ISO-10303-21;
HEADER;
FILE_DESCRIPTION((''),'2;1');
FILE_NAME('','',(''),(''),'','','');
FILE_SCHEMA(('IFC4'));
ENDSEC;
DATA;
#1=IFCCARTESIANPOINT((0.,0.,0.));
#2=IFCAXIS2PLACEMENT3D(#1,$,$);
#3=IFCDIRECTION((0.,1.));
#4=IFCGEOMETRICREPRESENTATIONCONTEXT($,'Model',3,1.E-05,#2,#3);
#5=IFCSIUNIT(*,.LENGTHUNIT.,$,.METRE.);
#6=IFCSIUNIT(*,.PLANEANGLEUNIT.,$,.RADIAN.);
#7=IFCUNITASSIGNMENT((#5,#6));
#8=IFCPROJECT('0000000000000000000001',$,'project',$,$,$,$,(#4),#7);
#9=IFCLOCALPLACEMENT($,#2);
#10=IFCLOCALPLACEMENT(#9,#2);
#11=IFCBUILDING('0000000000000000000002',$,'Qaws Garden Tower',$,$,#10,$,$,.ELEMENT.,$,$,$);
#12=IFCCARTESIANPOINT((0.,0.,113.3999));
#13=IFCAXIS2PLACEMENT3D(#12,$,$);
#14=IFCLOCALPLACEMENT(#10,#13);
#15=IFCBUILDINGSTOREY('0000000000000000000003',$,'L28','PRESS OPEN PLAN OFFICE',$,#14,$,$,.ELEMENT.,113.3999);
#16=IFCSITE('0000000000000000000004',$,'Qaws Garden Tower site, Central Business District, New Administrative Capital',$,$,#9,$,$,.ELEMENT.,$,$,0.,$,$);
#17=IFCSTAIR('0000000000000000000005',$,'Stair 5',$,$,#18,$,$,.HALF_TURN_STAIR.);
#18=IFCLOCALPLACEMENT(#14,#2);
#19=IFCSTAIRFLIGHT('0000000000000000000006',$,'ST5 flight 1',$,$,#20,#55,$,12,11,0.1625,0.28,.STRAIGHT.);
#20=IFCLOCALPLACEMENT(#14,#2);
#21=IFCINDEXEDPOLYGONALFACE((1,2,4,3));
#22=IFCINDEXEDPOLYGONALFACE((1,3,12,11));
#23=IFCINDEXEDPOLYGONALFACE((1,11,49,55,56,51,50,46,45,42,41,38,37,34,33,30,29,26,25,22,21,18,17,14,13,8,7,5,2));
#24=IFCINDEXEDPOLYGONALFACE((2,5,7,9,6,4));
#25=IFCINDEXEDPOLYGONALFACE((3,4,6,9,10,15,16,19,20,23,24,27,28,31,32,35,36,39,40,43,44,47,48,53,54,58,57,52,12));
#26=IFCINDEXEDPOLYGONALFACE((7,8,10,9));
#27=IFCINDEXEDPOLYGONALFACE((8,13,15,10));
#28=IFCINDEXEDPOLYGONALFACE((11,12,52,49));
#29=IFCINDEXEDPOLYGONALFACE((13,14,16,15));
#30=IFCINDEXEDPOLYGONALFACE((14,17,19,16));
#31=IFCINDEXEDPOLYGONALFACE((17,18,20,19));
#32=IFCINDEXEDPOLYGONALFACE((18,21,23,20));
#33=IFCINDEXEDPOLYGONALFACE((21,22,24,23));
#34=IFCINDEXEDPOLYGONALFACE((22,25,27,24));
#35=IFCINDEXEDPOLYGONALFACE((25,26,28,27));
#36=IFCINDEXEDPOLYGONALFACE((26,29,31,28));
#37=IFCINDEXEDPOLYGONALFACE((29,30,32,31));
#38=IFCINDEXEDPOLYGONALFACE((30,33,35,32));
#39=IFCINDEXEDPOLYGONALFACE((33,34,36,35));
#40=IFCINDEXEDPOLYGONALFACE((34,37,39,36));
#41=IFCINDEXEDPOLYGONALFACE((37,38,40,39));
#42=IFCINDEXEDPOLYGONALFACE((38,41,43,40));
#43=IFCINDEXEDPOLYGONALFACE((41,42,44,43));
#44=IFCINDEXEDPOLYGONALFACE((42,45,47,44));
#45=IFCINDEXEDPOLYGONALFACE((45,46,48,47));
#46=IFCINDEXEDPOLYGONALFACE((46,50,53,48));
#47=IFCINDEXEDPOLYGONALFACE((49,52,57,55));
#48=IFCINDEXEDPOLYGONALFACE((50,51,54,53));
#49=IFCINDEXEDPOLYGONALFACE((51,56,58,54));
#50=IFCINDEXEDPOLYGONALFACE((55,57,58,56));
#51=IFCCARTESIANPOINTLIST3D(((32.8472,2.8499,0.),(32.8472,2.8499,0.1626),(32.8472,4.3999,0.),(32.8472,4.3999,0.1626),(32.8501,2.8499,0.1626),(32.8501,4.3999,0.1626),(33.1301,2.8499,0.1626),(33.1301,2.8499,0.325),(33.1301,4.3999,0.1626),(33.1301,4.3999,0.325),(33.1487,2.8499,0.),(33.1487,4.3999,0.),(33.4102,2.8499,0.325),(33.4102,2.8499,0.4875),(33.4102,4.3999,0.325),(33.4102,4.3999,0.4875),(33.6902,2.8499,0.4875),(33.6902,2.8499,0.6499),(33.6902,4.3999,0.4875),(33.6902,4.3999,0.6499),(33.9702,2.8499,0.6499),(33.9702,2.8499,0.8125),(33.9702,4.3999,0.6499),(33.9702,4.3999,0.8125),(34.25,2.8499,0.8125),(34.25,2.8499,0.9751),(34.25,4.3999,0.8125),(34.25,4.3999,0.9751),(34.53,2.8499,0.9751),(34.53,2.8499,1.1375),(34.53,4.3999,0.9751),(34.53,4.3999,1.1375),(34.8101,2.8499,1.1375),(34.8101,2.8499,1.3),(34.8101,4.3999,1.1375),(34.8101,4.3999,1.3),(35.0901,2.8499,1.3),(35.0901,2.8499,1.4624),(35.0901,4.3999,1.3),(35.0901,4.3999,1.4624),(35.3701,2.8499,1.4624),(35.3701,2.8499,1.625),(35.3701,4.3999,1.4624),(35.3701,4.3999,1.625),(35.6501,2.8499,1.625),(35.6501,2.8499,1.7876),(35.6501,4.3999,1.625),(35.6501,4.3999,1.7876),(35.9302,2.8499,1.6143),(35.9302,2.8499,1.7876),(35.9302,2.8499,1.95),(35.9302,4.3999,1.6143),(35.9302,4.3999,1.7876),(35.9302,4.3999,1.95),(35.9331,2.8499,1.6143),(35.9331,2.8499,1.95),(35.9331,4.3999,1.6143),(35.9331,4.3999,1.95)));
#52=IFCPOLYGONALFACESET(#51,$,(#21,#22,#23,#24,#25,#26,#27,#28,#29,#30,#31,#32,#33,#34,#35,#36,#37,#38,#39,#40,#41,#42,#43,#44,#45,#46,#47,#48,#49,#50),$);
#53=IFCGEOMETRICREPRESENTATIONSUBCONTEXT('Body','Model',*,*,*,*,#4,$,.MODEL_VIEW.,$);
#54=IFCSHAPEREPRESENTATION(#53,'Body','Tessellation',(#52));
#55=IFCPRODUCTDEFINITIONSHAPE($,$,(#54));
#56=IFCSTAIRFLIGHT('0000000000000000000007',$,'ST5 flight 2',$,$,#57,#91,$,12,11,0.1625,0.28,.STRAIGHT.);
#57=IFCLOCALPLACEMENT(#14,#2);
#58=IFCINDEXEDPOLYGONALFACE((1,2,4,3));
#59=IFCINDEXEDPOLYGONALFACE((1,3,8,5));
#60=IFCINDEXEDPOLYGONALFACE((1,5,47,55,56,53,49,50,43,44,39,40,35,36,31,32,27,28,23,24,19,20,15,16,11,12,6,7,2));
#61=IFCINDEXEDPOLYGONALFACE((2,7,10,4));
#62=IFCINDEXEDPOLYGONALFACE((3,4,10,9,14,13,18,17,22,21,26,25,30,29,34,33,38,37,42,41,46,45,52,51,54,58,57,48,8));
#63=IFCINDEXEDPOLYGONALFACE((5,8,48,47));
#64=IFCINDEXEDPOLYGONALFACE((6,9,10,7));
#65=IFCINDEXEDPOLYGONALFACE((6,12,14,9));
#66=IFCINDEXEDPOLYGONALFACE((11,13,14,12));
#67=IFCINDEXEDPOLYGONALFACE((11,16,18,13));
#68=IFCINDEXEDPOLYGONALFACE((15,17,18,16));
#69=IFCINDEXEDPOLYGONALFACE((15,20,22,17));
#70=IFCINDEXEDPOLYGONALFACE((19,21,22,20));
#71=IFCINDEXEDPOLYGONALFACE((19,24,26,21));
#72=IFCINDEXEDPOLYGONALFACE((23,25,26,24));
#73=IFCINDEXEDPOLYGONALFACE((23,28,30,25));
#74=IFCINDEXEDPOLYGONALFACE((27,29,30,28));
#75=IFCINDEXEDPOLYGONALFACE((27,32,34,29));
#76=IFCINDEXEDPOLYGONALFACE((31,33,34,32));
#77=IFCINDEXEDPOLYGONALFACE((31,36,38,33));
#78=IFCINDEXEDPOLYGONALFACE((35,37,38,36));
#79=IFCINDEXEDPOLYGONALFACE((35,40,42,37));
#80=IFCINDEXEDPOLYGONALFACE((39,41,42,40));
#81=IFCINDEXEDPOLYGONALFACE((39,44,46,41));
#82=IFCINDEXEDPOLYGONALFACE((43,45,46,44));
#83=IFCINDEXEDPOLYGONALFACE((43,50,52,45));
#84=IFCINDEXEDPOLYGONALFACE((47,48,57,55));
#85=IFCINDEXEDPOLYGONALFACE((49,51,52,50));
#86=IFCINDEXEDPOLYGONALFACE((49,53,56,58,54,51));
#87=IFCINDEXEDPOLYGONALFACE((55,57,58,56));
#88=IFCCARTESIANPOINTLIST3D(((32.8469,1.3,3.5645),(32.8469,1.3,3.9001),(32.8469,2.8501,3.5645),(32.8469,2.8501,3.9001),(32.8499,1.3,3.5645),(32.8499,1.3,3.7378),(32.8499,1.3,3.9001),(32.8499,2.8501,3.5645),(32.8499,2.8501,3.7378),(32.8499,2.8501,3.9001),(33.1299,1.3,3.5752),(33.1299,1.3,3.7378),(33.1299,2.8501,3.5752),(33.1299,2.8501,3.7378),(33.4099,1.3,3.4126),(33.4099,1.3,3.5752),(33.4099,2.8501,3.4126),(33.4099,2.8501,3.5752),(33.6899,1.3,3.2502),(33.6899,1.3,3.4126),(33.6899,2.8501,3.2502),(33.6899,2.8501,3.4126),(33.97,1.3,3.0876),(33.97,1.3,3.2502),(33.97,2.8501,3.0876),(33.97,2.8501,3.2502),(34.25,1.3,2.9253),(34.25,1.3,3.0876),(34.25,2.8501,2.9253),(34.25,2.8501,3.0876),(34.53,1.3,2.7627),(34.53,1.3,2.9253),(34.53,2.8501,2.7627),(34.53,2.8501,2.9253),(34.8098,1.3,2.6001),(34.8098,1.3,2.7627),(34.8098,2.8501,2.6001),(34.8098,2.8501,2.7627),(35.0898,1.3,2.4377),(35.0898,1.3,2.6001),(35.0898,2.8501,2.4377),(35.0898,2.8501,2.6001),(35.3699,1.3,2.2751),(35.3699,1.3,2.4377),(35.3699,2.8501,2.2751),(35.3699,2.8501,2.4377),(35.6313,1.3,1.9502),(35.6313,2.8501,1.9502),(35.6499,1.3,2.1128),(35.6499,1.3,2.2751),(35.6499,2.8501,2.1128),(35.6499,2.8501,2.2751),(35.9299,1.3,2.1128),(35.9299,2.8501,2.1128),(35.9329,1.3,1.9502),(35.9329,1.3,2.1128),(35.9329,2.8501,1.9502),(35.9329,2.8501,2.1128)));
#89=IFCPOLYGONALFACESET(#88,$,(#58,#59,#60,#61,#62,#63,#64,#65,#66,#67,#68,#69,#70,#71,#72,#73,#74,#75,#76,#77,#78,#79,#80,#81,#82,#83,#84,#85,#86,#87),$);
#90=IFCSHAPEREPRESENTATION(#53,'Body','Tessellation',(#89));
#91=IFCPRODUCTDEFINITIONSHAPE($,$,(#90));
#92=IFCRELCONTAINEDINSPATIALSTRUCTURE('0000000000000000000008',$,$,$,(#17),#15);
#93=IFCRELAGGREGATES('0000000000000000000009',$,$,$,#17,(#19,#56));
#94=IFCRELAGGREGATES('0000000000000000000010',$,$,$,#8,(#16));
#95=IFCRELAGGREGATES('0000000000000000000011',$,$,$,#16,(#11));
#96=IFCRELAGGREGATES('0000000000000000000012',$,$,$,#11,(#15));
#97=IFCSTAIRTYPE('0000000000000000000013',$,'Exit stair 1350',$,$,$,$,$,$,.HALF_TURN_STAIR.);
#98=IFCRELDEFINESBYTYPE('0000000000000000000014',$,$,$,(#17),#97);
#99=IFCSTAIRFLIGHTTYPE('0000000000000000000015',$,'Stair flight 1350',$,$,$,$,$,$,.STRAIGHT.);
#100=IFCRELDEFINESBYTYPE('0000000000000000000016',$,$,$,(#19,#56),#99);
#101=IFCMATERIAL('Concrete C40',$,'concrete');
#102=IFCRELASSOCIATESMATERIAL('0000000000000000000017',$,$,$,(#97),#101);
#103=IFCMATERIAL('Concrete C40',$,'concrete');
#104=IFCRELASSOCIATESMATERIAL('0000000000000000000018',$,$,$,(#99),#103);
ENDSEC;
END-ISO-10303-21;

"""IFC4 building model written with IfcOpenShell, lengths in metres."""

from ifc_helpers import new_model, si_unit, direction, frame, origin, place, context, subcontext, project, spatial, polyline, outline, extrude, material, type_object, element, aggregate, save


model = new_model("IFC4")

# Units and contexts
model_context = context("Model", 3, precision=1e-05, world=origin(), true_north=direction((0.0, 1.0)))
body_context = subcontext(model_context, "Body", "Model", "MODEL_VIEW")
ifc_project = project(units=[si_unit("LENGTHUNIT", "METRE"), si_unit("PLANEANGLEUNIT", "RADIAN")], contexts=[model_context])

# Site, building, storey
site_placement = place(None, origin())
site = spatial("IfcSite", under=ifc_project, at=site_placement, Name="Qaws Garden Tower site, Central Business District, New Administrative Capital", CompositionType="ELEMENT", RefElevation=0.0)
building_placement = place(site_placement, origin())
building = spatial("IfcBuilding", under=site, at=building_placement, Name="Qaws Garden Tower", CompositionType="ELEMENT")
storey_placement = place(building_placement, frame((0.0, 0.0, 113.3999)))
storey = spatial("IfcBuildingStorey", under=building, at=storey_placement, Name="L28", Description="PRESS OPEN PLAN OFFICE", CompositionType="ELEMENT", Elevation=113.3999)

# Stair, stair flights
ifc_material_1 = material(Name="Concrete C40", Category="concrete")
stair_type = type_object("IfcStairType", Name="Exit stair 1350", PredefinedType="HALF_TURN_STAIR", material=ifc_material_1)
stair_placement = place(storey_placement, origin())
stair = element("IfcStair", 1, at=stair_placement, inside=storey, type_object=stair_type, Name="Stair 5", PredefinedType="HALF_TURN_STAIR")
ifc_material_2 = material(Name="Concrete C40", Category="concrete")
stair_flight_type = type_object("IfcStairFlightType", Name="Stair flight 1350", PredefinedType="STRAIGHT", material=ifc_material_2)
stair_flight_1_placement = place(storey_placement, frame((32.8501, 3.625, 0.0), z_axis=(0.0, 0.0, 1.0), x_axis=(1.0, 0.0, 0.0)))
stair_flight_1 = element("IfcStairFlight", 2, at=stair_flight_1_placement, type_object=stair_flight_type, Name="ST5 flight 1", NumberOfRisers=12, NumberOfTreads=11, PredefinedType="STRAIGHT", RiserHeight=0.1625, TreadLength=0.28, context=body_context, shape_type="SweptSolid", body=[
    extrude(outline(polyline([(-0.0029, 0.0), (-0.0029, 0.1626), (0.0, 0.1626), (0.28, 0.1626), (0.28, 0.325), (0.5601, 0.325), (0.5601, 0.4875), (0.8401, 0.4875), (0.8401, 0.6499), (1.1201, 0.6499), (1.1201, 0.8125), (1.3999, 0.8125), (1.3999, 0.9751), (1.6799, 0.9751), (1.6799, 1.1375), (1.96, 1.1375), (1.96, 1.3), (2.24, 1.3), (2.24, 1.4624), (2.52, 1.4624), (2.52, 1.625), (2.8, 1.625), (2.8, 1.7876), (3.0801, 1.7876), (3.0801, 1.95), (3.083, 1.95), (3.083, 1.6143), (3.0801, 1.6143), (0.2986, 0.0), (-0.0029, 0.0)])), frame((0.0, 0.7749, 0.0), z_axis=(0.0, -1.0, 0.0), x_axis=(1.0, 0.0, 0.0)), (0.0, 0.0, 1.0), 1.55),
])
stair_flight_2_placement = place(storey_placement, frame((35.9299, 2.075, 1.9502), z_axis=(0.0, 0.0, 1.0), x_axis=(-1.0, 0.0, 0.0)))
stair_flight_2 = element("IfcStairFlight", 3, at=stair_flight_2_placement, type_object=stair_flight_type, Name="ST5 flight 2", NumberOfRisers=12, NumberOfTreads=11, PredefinedType="STRAIGHT", RiserHeight=0.1625, TreadLength=0.28, context=body_context, shape_type="SweptSolid", body=[
    extrude(outline(polyline([(-0.0029, 0.0), (-0.0029, 0.1626), (0.0, 0.1626), (0.28, 0.1626), (0.28, 0.325), (0.5601, 0.325), (0.5601, 0.4875), (0.8401, 0.4875), (0.8401, 0.6499), (1.1201, 0.6499), (1.1201, 0.8125), (1.3999, 0.8125), (1.3999, 0.9751), (1.6799, 0.9751), (1.6799, 1.1375), (1.96, 1.1375), (1.96, 1.3), (2.24, 1.3), (2.24, 1.4624), (2.52, 1.4624), (2.52, 1.625), (2.8, 1.625), (2.8, 1.7876), (3.0801, 1.7876), (3.0801, 1.95), (3.083, 1.95), (3.083, 1.6143), (3.0801, 1.6143), (0.2986, 0.0), (-0.0029, 0.0)])), frame((0.0, 0.7749, 0.0), z_axis=(0.0, -1.0, 0.0), x_axis=(1.0, 0.0, 0.0)), (0.0, 0.0, 1.0), 1.55),
])
aggregate(stair, [stair_flight_1, stair_flight_2])

save(model, "model.ifc")
